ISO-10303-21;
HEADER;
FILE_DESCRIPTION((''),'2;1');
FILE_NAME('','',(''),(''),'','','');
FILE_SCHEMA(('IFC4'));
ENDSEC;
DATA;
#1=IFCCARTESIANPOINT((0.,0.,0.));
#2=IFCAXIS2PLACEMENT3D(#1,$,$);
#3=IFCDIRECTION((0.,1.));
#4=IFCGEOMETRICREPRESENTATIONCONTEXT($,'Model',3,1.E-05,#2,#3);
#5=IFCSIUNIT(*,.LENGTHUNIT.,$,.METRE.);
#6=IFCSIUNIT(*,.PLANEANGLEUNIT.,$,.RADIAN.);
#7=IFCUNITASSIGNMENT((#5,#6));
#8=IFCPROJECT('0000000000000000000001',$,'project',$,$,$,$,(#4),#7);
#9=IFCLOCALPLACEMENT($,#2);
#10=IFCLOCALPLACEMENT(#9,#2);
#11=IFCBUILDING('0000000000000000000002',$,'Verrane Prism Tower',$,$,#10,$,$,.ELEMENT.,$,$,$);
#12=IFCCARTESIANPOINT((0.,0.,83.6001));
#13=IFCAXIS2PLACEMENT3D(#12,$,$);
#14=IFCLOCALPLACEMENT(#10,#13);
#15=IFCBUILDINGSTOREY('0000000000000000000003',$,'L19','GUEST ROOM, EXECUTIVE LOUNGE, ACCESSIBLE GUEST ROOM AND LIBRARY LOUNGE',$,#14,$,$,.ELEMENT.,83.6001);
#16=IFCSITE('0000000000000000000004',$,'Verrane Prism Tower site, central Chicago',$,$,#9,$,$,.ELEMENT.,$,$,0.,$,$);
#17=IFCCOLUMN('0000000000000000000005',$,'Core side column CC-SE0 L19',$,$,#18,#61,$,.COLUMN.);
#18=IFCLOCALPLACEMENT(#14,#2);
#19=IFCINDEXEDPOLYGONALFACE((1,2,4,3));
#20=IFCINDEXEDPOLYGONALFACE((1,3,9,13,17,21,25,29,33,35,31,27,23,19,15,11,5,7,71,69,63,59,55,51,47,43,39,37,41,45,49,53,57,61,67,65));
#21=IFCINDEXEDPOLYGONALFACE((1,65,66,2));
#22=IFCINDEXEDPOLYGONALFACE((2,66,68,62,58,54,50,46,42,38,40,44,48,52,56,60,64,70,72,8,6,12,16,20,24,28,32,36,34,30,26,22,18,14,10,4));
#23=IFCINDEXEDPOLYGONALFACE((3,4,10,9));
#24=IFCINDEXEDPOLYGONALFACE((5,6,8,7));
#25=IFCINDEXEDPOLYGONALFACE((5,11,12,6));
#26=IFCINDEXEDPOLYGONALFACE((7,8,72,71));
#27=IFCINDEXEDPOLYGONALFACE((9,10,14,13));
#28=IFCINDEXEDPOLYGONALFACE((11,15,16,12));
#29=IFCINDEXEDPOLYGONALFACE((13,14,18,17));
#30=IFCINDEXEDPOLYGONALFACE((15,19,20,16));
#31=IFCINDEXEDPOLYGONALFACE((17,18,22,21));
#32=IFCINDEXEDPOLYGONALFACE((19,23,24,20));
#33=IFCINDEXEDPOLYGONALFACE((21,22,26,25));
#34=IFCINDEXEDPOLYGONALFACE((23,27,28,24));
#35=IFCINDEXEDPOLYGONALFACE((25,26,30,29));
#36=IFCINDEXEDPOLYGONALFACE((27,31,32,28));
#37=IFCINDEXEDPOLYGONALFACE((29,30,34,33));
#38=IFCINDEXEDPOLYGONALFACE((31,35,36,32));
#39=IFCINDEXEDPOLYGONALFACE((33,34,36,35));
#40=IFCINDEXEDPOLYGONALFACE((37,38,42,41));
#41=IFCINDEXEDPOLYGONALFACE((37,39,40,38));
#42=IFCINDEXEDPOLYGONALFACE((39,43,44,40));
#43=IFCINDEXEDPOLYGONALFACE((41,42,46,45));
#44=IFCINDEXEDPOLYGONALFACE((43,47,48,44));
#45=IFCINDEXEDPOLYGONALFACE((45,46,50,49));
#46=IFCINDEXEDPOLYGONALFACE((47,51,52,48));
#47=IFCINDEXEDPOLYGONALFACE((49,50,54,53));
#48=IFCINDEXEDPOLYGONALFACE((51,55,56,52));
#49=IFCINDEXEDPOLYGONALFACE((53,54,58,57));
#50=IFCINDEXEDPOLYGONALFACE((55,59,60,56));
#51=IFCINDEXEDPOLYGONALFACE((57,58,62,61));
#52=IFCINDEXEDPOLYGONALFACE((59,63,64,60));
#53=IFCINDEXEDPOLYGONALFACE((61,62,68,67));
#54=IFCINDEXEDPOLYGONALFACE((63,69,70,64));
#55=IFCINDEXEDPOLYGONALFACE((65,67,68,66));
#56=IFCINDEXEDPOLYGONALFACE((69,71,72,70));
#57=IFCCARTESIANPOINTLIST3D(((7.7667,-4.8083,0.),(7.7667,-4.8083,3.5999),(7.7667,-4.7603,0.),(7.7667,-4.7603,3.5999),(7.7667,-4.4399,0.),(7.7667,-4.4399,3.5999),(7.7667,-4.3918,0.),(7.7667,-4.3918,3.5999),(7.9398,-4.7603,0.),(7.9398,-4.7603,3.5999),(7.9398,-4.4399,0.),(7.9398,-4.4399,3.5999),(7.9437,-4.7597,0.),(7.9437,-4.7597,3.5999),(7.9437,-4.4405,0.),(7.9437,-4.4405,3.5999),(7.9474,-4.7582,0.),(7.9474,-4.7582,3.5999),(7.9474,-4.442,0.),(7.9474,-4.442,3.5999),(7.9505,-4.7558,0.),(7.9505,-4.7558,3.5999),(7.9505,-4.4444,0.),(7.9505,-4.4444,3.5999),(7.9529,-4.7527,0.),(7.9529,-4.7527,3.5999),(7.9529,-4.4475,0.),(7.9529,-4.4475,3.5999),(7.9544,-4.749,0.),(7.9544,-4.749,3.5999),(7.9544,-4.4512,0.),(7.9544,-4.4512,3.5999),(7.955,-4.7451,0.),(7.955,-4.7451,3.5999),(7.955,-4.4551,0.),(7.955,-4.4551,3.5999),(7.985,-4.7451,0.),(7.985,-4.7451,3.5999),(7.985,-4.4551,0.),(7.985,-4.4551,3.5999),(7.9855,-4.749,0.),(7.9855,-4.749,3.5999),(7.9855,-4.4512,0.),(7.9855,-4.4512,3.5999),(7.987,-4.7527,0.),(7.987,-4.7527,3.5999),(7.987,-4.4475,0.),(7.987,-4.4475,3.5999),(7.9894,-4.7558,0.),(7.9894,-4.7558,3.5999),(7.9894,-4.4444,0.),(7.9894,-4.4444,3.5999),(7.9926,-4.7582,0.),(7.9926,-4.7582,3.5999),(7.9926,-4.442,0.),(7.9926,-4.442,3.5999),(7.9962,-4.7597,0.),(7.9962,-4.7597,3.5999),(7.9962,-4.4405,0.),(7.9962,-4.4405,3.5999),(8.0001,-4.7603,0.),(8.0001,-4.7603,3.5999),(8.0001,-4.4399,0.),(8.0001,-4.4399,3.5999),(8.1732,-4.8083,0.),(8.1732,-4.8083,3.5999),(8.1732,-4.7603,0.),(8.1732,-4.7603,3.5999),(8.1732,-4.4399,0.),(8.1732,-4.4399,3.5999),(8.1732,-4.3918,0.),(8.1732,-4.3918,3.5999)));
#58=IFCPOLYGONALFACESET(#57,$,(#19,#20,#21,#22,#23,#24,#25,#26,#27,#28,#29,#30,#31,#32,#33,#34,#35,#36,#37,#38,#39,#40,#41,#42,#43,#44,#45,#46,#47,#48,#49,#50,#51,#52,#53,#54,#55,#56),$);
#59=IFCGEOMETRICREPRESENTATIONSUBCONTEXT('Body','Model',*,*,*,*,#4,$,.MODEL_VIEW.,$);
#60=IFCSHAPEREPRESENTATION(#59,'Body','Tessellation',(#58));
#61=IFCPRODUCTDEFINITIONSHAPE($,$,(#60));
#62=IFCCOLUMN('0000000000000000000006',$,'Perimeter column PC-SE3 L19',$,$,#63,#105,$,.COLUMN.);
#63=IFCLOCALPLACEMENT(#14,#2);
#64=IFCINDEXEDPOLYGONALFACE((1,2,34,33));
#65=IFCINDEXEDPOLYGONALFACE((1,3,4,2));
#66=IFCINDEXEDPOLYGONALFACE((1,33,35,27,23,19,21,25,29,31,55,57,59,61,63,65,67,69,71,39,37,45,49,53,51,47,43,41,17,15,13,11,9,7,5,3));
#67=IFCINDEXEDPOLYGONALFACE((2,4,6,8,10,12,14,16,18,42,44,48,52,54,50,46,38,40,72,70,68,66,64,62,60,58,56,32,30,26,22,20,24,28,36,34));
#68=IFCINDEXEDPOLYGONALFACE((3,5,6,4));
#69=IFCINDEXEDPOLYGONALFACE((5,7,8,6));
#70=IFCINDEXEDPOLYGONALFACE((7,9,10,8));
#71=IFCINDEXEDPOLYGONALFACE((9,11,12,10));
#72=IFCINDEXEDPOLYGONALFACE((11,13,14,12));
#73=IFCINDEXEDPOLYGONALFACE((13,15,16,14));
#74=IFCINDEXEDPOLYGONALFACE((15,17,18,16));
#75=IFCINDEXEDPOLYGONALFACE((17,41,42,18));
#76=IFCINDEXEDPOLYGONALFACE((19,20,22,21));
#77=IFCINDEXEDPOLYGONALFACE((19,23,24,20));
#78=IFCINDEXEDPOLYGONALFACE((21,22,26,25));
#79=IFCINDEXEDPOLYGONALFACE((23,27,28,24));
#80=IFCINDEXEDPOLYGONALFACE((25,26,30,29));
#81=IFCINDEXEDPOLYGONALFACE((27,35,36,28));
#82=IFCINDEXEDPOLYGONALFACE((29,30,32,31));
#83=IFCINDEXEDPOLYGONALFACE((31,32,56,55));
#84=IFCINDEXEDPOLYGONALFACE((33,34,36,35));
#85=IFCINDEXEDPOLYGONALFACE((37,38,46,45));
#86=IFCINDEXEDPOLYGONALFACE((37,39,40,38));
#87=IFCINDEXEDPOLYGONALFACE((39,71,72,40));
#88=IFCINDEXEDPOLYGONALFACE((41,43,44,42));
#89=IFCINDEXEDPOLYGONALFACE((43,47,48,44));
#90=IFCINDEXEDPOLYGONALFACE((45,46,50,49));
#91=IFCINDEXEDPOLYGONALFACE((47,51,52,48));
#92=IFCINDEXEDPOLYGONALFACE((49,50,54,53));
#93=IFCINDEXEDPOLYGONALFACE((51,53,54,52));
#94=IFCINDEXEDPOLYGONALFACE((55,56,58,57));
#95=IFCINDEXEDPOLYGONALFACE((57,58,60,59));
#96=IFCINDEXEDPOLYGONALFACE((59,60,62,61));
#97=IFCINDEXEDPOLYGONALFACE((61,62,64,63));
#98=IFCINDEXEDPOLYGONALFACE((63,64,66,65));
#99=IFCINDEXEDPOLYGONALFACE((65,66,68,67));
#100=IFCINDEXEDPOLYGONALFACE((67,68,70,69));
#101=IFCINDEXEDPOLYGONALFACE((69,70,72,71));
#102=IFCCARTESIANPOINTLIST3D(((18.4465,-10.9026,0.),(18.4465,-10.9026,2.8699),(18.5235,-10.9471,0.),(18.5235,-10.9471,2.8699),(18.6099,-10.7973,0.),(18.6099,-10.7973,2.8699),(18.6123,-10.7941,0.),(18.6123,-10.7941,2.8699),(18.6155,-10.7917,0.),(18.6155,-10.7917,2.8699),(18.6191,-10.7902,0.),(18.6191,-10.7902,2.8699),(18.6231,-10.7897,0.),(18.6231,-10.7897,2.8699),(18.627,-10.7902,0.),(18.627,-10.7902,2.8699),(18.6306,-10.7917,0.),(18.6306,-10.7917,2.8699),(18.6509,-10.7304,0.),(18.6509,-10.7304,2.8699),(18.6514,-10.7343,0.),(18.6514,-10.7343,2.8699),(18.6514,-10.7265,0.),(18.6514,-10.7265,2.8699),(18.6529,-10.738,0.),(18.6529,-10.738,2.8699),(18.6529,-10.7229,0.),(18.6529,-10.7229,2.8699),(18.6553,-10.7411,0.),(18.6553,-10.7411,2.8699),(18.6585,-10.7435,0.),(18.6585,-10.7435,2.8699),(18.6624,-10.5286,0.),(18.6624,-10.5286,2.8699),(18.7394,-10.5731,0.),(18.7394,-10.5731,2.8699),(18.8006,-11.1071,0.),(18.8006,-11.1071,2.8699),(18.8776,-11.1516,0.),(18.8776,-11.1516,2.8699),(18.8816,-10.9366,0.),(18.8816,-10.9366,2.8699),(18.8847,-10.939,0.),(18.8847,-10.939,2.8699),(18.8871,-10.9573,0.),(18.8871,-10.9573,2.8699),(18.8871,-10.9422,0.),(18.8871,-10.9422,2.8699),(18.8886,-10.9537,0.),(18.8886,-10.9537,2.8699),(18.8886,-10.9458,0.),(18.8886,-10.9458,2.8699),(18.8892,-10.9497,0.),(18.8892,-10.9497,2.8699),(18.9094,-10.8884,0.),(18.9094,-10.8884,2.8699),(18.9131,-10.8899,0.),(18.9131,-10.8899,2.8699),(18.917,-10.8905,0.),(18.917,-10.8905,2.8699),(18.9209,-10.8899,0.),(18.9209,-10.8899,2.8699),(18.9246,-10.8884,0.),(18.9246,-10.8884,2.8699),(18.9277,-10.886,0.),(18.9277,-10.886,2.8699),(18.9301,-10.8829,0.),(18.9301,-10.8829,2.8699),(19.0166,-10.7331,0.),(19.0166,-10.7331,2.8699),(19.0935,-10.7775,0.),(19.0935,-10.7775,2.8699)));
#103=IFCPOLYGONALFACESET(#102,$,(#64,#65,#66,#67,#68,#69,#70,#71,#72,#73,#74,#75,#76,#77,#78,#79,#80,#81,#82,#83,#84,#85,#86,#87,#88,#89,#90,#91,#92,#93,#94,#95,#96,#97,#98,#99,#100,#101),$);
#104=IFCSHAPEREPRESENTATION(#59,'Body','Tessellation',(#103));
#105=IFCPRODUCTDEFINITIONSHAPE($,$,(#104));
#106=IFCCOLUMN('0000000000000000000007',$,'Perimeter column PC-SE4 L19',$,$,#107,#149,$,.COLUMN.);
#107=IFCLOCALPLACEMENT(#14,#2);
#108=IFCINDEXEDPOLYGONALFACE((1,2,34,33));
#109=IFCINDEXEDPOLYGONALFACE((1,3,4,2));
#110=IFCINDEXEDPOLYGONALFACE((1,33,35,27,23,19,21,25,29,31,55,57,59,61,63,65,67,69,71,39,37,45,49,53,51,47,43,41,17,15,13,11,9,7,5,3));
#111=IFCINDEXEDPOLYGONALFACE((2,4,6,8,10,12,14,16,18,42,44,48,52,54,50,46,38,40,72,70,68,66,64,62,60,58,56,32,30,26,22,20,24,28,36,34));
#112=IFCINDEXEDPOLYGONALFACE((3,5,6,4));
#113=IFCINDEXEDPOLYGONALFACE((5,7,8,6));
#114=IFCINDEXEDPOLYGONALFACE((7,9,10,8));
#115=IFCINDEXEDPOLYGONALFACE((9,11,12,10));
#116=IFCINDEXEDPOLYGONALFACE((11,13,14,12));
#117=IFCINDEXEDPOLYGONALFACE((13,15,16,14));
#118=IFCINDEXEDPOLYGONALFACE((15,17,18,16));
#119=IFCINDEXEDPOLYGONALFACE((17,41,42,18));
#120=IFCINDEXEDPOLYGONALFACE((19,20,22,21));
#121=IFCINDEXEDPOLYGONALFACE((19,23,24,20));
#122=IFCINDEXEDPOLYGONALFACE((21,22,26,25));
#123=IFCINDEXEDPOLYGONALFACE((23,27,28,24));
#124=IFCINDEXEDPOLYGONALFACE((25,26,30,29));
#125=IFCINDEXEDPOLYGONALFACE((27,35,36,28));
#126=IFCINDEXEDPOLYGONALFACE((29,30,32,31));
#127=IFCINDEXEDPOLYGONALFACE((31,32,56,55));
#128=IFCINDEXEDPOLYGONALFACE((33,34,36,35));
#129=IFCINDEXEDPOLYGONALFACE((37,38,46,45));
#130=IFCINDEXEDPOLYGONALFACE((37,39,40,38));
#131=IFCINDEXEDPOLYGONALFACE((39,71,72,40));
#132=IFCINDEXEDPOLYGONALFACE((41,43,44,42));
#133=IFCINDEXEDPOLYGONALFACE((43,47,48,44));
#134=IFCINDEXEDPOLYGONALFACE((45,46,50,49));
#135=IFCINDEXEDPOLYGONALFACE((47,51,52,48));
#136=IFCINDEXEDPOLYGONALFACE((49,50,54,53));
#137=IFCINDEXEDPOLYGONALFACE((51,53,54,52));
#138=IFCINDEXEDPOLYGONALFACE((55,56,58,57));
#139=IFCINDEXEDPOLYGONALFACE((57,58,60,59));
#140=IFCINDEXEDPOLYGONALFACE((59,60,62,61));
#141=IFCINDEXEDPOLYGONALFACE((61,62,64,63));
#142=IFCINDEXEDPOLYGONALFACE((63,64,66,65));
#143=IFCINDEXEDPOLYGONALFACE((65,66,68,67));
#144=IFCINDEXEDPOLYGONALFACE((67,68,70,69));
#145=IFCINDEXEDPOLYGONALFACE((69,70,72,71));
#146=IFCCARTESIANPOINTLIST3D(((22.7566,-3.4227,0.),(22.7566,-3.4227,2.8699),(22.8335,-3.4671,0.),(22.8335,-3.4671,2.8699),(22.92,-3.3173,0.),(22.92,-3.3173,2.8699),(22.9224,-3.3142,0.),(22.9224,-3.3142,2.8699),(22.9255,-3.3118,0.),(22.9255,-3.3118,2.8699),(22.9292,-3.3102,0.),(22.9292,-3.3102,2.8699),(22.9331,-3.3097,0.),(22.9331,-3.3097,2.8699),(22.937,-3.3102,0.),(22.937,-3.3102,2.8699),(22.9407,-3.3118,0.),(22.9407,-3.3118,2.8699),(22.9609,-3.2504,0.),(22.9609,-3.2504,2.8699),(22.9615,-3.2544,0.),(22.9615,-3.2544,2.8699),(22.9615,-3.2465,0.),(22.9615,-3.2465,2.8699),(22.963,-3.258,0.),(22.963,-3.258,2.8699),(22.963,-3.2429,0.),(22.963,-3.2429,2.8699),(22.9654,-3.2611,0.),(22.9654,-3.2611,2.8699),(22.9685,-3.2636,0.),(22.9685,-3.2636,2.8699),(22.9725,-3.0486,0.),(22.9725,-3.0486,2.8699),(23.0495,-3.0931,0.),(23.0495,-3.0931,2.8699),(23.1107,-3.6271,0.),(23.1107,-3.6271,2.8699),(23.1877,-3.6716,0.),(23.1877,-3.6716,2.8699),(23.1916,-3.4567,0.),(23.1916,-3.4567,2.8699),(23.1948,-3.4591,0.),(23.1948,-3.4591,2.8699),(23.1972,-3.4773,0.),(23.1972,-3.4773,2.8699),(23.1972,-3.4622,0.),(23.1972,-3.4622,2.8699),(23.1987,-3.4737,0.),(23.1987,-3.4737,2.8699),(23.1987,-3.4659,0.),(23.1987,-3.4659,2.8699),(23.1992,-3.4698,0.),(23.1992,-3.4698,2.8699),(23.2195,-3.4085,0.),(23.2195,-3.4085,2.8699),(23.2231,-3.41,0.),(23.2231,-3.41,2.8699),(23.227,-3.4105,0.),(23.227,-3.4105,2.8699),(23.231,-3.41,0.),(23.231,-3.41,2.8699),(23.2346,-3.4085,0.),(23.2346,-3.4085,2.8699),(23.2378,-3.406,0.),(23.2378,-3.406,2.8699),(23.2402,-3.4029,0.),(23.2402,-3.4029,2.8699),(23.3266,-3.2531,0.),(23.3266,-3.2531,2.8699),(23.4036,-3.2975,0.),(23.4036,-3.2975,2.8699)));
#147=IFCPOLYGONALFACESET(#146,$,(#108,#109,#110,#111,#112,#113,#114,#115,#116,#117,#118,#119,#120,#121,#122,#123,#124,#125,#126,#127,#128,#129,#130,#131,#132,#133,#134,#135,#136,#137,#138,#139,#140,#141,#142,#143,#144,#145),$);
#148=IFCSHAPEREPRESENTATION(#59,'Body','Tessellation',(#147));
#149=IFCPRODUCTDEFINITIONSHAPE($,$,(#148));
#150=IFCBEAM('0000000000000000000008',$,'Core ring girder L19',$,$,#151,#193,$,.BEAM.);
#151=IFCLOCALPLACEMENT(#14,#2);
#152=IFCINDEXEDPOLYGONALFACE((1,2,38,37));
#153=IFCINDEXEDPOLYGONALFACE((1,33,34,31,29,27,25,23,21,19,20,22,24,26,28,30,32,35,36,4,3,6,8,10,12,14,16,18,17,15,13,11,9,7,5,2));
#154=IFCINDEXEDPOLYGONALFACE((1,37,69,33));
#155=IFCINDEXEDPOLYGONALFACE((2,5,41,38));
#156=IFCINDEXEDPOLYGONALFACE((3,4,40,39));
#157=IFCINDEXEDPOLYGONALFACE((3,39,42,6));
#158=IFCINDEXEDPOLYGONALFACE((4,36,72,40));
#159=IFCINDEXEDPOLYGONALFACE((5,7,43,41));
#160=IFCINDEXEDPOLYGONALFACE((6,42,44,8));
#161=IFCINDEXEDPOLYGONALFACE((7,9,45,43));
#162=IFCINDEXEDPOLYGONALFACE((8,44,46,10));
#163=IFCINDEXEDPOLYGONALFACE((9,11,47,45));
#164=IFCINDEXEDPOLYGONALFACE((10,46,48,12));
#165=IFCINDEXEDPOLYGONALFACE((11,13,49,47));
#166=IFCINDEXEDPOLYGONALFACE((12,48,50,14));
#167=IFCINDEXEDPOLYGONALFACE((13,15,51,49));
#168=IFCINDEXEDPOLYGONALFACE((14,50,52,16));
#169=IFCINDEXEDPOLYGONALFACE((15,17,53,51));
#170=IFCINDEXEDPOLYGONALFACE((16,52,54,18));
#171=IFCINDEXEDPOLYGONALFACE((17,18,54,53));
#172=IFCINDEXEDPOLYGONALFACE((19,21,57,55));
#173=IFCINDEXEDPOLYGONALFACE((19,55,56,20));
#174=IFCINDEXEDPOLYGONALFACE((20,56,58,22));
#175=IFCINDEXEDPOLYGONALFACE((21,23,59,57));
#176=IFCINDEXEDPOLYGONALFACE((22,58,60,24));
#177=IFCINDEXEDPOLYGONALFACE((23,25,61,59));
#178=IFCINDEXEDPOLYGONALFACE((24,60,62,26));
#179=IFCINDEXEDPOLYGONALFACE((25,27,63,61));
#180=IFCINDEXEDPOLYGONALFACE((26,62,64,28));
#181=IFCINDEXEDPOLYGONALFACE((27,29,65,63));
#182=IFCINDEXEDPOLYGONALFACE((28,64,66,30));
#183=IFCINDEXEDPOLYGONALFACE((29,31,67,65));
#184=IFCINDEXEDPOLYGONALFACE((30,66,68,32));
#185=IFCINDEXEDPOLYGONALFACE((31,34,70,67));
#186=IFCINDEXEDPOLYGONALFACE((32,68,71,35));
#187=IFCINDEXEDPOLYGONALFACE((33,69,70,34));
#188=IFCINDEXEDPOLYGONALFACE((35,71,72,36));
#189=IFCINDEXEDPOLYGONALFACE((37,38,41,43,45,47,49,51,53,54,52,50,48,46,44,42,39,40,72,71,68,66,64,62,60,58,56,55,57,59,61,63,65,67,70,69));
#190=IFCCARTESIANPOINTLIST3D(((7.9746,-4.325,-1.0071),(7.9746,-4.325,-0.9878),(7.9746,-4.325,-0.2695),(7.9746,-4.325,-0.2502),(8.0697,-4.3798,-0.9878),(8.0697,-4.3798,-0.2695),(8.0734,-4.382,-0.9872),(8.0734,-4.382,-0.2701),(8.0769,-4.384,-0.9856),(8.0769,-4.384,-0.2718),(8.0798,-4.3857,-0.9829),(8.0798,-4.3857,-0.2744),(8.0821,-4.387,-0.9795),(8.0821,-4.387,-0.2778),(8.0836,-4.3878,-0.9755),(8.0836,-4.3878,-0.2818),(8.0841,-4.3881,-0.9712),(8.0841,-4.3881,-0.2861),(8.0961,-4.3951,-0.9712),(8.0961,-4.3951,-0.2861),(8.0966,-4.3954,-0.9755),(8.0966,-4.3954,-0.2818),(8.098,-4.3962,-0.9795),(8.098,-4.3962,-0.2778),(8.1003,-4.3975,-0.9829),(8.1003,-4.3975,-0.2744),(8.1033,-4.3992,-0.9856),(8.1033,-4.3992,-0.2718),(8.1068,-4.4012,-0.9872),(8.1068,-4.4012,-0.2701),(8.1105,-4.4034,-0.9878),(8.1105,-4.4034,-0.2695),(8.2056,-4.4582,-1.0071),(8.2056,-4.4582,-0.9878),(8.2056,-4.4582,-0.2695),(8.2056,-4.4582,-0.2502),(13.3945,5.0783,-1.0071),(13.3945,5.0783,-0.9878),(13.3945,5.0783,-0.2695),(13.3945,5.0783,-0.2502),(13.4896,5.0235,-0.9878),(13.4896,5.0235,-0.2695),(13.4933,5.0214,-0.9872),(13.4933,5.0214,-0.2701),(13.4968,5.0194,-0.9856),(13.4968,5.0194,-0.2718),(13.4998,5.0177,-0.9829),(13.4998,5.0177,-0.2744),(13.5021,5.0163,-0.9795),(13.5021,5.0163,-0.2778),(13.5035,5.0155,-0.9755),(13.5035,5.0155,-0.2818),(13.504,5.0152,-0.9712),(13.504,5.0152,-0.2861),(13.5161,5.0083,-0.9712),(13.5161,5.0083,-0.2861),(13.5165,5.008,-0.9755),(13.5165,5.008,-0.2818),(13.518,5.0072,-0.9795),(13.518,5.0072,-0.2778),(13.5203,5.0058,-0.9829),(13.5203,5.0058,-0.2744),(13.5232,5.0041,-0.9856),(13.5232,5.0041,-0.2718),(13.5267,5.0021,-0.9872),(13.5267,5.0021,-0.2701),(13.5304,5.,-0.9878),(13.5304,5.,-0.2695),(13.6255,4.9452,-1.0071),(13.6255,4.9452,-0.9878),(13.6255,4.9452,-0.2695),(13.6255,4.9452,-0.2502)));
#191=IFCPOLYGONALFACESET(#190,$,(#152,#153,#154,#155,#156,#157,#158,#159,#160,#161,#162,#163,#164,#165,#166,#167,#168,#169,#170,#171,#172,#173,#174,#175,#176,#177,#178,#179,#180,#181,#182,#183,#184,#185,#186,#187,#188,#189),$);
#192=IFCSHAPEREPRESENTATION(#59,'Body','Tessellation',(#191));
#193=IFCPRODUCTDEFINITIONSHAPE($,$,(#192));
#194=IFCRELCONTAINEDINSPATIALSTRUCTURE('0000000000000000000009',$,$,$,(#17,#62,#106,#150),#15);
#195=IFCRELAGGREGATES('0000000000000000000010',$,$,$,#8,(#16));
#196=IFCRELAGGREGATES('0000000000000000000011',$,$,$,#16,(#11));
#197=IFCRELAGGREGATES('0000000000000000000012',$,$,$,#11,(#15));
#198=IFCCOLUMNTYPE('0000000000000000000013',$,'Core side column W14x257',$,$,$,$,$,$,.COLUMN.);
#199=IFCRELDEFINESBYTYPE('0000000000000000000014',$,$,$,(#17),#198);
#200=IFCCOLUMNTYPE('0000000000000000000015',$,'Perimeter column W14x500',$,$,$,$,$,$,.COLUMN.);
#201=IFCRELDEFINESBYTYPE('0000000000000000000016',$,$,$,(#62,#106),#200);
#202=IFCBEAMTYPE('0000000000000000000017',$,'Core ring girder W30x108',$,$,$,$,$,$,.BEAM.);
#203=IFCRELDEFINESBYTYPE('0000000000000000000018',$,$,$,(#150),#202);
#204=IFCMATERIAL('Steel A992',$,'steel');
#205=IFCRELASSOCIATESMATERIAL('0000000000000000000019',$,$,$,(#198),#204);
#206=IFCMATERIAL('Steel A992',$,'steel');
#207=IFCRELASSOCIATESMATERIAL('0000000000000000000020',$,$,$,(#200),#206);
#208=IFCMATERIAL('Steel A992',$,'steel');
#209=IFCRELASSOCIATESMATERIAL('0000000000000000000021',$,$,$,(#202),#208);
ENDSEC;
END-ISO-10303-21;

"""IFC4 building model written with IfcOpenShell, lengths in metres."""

from ifc_helpers import new_model, si_unit, direction, frame, origin, origin_2d, place, context, subcontext, project, spatial, i_section, extrude, material, material_profile, profile_set, type_object, element, save


model = new_model("IFC4")

# Units and contexts
model_context = context("Model", 3, precision=1e-05, world=origin(), true_north=direction((0.0, 1.0)))
body_context = subcontext(model_context, "Body", "Model", "MODEL_VIEW")
ifc_project = project(units=[si_unit("LENGTHUNIT", "METRE"), si_unit("PLANEANGLEUNIT", "RADIAN")], contexts=[model_context])

# Site, building, storey
site_placement = place(None, origin())
site = spatial("IfcSite", under=ifc_project, at=site_placement, Name="Verrane Prism Tower site, central Chicago", CompositionType="ELEMENT", RefElevation=0.0)
building_placement = place(site_placement, origin())
building = spatial("IfcBuilding", under=site, at=building_placement, Name="Verrane Prism Tower", CompositionType="ELEMENT")
storey_placement = place(building_placement, frame((0.0, 0.0, 83.6001)))
storey = spatial("IfcBuildingStorey", under=building, at=storey_placement, Name="L19", Description="GUEST ROOM, EXECUTIVE LOUNGE, ACCESSIBLE GUEST ROOM AND LIBRARY LOUNGE", CompositionType="ELEMENT", Elevation=83.6001)

# Columns
ifc_material_1 = material(Name="Steel A992", Category="steel")
ifc_material_profile_1 = material_profile(ifc_material_1, i_section(OverallWidth=0.4065, OverallDepth=0.4165, WebThickness=0.03, FlangeThickness=0.0481, FilletRadius=0.0151, at=origin_2d()), Name="W14x257")
ifc_profile_set_1 = profile_set([ifc_material_profile_1], Name="Steel A992")
column_type_1 = type_object("IfcColumnType", Name="Core side column W14x257", PredefinedType="COLUMN", material=ifc_profile_set_1)
column_placement = place(storey_placement, frame((7.97, -4.6001, 0.0), z_axis=(0.0, 0.0, 1.0), x_axis=(1.0, 0.0, 0.0)))
element("IfcColumn", 1, at=column_placement, inside=storey, type_object=column_type_1, Name="Core side column CC-SE0 L19", PredefinedType="COLUMN", context=body_context, shape_type="SweptSolid", body=[
    extrude(i_section(OverallWidth=0.4065, OverallDepth=0.4165, WebThickness=0.03, FlangeThickness=0.0481, FilletRadius=0.0151, at=origin_2d()), origin(), (0.0, 0.0, 1.0), 3.5999),
])
ifc_material_2 = material(Name="Steel A992", Category="steel")
ifc_material_profile_2 = material_profile(ifc_material_2, i_section(OverallWidth=0.4319, OverallDepth=0.4978, WebThickness=0.0557, FlangeThickness=0.0889, FilletRadius=0.0151, at=origin_2d()), Name="W14x500")
ifc_profile_set_2 = profile_set([ifc_material_profile_2], Name="Steel A992")
column_type_2 = type_object("IfcColumnType", Name="Perimeter column W14x500", PredefinedType="COLUMN", material=ifc_profile_set_2)
for number, where, z_axis, x_axis, name in (
    (2, (18.77, -10.8401, 0.0), (0.0, 0.0, 1.0), (-0.5, -0.866025, 0.0), "Perimeter column PC-SE3 L19"),
    (3, (23.0801, -3.3601, 0.0), (0.0, 0.0, 1.0), (-0.5, -0.866025, 0.0), "Perimeter column PC-SE4 L19"),
):
    element("IfcColumn", number, at=place(storey_placement, frame(where, z_axis=z_axis, x_axis=x_axis)), inside=storey, type_object=column_type_2, Name=name, PredefinedType="COLUMN", context=body_context, shape_type="SweptSolid", body=[
        extrude(i_section(OverallWidth=0.4319, OverallDepth=0.4978, WebThickness=0.0557, FlangeThickness=0.0889, FilletRadius=0.0151, at=origin_2d()), origin(), (0.0, 0.0, 1.0), 2.8699),
    ])

# Beam
ifc_material_3 = material(Name="Steel A992", Category="steel")
ifc_material_profile_3 = material_profile(ifc_material_3, i_section(OverallWidth=0.2666, OverallDepth=0.7568, WebThickness=0.0139, FlangeThickness=0.0193, FilletRadius=0.0166, at=origin_2d()), Name="W30x108")
ifc_profile_set_3 = profile_set([ifc_material_profile_3], Name="Steel A992")
beam_type_1 = type_object("IfcBeamType", Name="Core ring girder W30x108", PredefinedType="BEAM", material=ifc_profile_set_3)
beam_1_placement = place(storey_placement, frame((8.0901, -4.3916, -0.6287), z_axis=(0.499372, 0.866388, 0.0), x_axis=(-0.866388, 0.499372, 0.0)))
element("IfcBeam", 4, at=beam_1_placement, inside=storey, type_object=beam_type_1, Name="Core ring girder L19", PredefinedType="BEAM", context=body_context, shape_type="SweptSolid", body=[
    extrude(i_section(OverallWidth=0.2666, OverallDepth=0.7568, WebThickness=0.0139, FlangeThickness=0.0193, FilletRadius=0.0166, at=origin_2d()), origin(), (0.0, 0.0, 1.0), 10.8535),
])

save(model, "model.ifc")
